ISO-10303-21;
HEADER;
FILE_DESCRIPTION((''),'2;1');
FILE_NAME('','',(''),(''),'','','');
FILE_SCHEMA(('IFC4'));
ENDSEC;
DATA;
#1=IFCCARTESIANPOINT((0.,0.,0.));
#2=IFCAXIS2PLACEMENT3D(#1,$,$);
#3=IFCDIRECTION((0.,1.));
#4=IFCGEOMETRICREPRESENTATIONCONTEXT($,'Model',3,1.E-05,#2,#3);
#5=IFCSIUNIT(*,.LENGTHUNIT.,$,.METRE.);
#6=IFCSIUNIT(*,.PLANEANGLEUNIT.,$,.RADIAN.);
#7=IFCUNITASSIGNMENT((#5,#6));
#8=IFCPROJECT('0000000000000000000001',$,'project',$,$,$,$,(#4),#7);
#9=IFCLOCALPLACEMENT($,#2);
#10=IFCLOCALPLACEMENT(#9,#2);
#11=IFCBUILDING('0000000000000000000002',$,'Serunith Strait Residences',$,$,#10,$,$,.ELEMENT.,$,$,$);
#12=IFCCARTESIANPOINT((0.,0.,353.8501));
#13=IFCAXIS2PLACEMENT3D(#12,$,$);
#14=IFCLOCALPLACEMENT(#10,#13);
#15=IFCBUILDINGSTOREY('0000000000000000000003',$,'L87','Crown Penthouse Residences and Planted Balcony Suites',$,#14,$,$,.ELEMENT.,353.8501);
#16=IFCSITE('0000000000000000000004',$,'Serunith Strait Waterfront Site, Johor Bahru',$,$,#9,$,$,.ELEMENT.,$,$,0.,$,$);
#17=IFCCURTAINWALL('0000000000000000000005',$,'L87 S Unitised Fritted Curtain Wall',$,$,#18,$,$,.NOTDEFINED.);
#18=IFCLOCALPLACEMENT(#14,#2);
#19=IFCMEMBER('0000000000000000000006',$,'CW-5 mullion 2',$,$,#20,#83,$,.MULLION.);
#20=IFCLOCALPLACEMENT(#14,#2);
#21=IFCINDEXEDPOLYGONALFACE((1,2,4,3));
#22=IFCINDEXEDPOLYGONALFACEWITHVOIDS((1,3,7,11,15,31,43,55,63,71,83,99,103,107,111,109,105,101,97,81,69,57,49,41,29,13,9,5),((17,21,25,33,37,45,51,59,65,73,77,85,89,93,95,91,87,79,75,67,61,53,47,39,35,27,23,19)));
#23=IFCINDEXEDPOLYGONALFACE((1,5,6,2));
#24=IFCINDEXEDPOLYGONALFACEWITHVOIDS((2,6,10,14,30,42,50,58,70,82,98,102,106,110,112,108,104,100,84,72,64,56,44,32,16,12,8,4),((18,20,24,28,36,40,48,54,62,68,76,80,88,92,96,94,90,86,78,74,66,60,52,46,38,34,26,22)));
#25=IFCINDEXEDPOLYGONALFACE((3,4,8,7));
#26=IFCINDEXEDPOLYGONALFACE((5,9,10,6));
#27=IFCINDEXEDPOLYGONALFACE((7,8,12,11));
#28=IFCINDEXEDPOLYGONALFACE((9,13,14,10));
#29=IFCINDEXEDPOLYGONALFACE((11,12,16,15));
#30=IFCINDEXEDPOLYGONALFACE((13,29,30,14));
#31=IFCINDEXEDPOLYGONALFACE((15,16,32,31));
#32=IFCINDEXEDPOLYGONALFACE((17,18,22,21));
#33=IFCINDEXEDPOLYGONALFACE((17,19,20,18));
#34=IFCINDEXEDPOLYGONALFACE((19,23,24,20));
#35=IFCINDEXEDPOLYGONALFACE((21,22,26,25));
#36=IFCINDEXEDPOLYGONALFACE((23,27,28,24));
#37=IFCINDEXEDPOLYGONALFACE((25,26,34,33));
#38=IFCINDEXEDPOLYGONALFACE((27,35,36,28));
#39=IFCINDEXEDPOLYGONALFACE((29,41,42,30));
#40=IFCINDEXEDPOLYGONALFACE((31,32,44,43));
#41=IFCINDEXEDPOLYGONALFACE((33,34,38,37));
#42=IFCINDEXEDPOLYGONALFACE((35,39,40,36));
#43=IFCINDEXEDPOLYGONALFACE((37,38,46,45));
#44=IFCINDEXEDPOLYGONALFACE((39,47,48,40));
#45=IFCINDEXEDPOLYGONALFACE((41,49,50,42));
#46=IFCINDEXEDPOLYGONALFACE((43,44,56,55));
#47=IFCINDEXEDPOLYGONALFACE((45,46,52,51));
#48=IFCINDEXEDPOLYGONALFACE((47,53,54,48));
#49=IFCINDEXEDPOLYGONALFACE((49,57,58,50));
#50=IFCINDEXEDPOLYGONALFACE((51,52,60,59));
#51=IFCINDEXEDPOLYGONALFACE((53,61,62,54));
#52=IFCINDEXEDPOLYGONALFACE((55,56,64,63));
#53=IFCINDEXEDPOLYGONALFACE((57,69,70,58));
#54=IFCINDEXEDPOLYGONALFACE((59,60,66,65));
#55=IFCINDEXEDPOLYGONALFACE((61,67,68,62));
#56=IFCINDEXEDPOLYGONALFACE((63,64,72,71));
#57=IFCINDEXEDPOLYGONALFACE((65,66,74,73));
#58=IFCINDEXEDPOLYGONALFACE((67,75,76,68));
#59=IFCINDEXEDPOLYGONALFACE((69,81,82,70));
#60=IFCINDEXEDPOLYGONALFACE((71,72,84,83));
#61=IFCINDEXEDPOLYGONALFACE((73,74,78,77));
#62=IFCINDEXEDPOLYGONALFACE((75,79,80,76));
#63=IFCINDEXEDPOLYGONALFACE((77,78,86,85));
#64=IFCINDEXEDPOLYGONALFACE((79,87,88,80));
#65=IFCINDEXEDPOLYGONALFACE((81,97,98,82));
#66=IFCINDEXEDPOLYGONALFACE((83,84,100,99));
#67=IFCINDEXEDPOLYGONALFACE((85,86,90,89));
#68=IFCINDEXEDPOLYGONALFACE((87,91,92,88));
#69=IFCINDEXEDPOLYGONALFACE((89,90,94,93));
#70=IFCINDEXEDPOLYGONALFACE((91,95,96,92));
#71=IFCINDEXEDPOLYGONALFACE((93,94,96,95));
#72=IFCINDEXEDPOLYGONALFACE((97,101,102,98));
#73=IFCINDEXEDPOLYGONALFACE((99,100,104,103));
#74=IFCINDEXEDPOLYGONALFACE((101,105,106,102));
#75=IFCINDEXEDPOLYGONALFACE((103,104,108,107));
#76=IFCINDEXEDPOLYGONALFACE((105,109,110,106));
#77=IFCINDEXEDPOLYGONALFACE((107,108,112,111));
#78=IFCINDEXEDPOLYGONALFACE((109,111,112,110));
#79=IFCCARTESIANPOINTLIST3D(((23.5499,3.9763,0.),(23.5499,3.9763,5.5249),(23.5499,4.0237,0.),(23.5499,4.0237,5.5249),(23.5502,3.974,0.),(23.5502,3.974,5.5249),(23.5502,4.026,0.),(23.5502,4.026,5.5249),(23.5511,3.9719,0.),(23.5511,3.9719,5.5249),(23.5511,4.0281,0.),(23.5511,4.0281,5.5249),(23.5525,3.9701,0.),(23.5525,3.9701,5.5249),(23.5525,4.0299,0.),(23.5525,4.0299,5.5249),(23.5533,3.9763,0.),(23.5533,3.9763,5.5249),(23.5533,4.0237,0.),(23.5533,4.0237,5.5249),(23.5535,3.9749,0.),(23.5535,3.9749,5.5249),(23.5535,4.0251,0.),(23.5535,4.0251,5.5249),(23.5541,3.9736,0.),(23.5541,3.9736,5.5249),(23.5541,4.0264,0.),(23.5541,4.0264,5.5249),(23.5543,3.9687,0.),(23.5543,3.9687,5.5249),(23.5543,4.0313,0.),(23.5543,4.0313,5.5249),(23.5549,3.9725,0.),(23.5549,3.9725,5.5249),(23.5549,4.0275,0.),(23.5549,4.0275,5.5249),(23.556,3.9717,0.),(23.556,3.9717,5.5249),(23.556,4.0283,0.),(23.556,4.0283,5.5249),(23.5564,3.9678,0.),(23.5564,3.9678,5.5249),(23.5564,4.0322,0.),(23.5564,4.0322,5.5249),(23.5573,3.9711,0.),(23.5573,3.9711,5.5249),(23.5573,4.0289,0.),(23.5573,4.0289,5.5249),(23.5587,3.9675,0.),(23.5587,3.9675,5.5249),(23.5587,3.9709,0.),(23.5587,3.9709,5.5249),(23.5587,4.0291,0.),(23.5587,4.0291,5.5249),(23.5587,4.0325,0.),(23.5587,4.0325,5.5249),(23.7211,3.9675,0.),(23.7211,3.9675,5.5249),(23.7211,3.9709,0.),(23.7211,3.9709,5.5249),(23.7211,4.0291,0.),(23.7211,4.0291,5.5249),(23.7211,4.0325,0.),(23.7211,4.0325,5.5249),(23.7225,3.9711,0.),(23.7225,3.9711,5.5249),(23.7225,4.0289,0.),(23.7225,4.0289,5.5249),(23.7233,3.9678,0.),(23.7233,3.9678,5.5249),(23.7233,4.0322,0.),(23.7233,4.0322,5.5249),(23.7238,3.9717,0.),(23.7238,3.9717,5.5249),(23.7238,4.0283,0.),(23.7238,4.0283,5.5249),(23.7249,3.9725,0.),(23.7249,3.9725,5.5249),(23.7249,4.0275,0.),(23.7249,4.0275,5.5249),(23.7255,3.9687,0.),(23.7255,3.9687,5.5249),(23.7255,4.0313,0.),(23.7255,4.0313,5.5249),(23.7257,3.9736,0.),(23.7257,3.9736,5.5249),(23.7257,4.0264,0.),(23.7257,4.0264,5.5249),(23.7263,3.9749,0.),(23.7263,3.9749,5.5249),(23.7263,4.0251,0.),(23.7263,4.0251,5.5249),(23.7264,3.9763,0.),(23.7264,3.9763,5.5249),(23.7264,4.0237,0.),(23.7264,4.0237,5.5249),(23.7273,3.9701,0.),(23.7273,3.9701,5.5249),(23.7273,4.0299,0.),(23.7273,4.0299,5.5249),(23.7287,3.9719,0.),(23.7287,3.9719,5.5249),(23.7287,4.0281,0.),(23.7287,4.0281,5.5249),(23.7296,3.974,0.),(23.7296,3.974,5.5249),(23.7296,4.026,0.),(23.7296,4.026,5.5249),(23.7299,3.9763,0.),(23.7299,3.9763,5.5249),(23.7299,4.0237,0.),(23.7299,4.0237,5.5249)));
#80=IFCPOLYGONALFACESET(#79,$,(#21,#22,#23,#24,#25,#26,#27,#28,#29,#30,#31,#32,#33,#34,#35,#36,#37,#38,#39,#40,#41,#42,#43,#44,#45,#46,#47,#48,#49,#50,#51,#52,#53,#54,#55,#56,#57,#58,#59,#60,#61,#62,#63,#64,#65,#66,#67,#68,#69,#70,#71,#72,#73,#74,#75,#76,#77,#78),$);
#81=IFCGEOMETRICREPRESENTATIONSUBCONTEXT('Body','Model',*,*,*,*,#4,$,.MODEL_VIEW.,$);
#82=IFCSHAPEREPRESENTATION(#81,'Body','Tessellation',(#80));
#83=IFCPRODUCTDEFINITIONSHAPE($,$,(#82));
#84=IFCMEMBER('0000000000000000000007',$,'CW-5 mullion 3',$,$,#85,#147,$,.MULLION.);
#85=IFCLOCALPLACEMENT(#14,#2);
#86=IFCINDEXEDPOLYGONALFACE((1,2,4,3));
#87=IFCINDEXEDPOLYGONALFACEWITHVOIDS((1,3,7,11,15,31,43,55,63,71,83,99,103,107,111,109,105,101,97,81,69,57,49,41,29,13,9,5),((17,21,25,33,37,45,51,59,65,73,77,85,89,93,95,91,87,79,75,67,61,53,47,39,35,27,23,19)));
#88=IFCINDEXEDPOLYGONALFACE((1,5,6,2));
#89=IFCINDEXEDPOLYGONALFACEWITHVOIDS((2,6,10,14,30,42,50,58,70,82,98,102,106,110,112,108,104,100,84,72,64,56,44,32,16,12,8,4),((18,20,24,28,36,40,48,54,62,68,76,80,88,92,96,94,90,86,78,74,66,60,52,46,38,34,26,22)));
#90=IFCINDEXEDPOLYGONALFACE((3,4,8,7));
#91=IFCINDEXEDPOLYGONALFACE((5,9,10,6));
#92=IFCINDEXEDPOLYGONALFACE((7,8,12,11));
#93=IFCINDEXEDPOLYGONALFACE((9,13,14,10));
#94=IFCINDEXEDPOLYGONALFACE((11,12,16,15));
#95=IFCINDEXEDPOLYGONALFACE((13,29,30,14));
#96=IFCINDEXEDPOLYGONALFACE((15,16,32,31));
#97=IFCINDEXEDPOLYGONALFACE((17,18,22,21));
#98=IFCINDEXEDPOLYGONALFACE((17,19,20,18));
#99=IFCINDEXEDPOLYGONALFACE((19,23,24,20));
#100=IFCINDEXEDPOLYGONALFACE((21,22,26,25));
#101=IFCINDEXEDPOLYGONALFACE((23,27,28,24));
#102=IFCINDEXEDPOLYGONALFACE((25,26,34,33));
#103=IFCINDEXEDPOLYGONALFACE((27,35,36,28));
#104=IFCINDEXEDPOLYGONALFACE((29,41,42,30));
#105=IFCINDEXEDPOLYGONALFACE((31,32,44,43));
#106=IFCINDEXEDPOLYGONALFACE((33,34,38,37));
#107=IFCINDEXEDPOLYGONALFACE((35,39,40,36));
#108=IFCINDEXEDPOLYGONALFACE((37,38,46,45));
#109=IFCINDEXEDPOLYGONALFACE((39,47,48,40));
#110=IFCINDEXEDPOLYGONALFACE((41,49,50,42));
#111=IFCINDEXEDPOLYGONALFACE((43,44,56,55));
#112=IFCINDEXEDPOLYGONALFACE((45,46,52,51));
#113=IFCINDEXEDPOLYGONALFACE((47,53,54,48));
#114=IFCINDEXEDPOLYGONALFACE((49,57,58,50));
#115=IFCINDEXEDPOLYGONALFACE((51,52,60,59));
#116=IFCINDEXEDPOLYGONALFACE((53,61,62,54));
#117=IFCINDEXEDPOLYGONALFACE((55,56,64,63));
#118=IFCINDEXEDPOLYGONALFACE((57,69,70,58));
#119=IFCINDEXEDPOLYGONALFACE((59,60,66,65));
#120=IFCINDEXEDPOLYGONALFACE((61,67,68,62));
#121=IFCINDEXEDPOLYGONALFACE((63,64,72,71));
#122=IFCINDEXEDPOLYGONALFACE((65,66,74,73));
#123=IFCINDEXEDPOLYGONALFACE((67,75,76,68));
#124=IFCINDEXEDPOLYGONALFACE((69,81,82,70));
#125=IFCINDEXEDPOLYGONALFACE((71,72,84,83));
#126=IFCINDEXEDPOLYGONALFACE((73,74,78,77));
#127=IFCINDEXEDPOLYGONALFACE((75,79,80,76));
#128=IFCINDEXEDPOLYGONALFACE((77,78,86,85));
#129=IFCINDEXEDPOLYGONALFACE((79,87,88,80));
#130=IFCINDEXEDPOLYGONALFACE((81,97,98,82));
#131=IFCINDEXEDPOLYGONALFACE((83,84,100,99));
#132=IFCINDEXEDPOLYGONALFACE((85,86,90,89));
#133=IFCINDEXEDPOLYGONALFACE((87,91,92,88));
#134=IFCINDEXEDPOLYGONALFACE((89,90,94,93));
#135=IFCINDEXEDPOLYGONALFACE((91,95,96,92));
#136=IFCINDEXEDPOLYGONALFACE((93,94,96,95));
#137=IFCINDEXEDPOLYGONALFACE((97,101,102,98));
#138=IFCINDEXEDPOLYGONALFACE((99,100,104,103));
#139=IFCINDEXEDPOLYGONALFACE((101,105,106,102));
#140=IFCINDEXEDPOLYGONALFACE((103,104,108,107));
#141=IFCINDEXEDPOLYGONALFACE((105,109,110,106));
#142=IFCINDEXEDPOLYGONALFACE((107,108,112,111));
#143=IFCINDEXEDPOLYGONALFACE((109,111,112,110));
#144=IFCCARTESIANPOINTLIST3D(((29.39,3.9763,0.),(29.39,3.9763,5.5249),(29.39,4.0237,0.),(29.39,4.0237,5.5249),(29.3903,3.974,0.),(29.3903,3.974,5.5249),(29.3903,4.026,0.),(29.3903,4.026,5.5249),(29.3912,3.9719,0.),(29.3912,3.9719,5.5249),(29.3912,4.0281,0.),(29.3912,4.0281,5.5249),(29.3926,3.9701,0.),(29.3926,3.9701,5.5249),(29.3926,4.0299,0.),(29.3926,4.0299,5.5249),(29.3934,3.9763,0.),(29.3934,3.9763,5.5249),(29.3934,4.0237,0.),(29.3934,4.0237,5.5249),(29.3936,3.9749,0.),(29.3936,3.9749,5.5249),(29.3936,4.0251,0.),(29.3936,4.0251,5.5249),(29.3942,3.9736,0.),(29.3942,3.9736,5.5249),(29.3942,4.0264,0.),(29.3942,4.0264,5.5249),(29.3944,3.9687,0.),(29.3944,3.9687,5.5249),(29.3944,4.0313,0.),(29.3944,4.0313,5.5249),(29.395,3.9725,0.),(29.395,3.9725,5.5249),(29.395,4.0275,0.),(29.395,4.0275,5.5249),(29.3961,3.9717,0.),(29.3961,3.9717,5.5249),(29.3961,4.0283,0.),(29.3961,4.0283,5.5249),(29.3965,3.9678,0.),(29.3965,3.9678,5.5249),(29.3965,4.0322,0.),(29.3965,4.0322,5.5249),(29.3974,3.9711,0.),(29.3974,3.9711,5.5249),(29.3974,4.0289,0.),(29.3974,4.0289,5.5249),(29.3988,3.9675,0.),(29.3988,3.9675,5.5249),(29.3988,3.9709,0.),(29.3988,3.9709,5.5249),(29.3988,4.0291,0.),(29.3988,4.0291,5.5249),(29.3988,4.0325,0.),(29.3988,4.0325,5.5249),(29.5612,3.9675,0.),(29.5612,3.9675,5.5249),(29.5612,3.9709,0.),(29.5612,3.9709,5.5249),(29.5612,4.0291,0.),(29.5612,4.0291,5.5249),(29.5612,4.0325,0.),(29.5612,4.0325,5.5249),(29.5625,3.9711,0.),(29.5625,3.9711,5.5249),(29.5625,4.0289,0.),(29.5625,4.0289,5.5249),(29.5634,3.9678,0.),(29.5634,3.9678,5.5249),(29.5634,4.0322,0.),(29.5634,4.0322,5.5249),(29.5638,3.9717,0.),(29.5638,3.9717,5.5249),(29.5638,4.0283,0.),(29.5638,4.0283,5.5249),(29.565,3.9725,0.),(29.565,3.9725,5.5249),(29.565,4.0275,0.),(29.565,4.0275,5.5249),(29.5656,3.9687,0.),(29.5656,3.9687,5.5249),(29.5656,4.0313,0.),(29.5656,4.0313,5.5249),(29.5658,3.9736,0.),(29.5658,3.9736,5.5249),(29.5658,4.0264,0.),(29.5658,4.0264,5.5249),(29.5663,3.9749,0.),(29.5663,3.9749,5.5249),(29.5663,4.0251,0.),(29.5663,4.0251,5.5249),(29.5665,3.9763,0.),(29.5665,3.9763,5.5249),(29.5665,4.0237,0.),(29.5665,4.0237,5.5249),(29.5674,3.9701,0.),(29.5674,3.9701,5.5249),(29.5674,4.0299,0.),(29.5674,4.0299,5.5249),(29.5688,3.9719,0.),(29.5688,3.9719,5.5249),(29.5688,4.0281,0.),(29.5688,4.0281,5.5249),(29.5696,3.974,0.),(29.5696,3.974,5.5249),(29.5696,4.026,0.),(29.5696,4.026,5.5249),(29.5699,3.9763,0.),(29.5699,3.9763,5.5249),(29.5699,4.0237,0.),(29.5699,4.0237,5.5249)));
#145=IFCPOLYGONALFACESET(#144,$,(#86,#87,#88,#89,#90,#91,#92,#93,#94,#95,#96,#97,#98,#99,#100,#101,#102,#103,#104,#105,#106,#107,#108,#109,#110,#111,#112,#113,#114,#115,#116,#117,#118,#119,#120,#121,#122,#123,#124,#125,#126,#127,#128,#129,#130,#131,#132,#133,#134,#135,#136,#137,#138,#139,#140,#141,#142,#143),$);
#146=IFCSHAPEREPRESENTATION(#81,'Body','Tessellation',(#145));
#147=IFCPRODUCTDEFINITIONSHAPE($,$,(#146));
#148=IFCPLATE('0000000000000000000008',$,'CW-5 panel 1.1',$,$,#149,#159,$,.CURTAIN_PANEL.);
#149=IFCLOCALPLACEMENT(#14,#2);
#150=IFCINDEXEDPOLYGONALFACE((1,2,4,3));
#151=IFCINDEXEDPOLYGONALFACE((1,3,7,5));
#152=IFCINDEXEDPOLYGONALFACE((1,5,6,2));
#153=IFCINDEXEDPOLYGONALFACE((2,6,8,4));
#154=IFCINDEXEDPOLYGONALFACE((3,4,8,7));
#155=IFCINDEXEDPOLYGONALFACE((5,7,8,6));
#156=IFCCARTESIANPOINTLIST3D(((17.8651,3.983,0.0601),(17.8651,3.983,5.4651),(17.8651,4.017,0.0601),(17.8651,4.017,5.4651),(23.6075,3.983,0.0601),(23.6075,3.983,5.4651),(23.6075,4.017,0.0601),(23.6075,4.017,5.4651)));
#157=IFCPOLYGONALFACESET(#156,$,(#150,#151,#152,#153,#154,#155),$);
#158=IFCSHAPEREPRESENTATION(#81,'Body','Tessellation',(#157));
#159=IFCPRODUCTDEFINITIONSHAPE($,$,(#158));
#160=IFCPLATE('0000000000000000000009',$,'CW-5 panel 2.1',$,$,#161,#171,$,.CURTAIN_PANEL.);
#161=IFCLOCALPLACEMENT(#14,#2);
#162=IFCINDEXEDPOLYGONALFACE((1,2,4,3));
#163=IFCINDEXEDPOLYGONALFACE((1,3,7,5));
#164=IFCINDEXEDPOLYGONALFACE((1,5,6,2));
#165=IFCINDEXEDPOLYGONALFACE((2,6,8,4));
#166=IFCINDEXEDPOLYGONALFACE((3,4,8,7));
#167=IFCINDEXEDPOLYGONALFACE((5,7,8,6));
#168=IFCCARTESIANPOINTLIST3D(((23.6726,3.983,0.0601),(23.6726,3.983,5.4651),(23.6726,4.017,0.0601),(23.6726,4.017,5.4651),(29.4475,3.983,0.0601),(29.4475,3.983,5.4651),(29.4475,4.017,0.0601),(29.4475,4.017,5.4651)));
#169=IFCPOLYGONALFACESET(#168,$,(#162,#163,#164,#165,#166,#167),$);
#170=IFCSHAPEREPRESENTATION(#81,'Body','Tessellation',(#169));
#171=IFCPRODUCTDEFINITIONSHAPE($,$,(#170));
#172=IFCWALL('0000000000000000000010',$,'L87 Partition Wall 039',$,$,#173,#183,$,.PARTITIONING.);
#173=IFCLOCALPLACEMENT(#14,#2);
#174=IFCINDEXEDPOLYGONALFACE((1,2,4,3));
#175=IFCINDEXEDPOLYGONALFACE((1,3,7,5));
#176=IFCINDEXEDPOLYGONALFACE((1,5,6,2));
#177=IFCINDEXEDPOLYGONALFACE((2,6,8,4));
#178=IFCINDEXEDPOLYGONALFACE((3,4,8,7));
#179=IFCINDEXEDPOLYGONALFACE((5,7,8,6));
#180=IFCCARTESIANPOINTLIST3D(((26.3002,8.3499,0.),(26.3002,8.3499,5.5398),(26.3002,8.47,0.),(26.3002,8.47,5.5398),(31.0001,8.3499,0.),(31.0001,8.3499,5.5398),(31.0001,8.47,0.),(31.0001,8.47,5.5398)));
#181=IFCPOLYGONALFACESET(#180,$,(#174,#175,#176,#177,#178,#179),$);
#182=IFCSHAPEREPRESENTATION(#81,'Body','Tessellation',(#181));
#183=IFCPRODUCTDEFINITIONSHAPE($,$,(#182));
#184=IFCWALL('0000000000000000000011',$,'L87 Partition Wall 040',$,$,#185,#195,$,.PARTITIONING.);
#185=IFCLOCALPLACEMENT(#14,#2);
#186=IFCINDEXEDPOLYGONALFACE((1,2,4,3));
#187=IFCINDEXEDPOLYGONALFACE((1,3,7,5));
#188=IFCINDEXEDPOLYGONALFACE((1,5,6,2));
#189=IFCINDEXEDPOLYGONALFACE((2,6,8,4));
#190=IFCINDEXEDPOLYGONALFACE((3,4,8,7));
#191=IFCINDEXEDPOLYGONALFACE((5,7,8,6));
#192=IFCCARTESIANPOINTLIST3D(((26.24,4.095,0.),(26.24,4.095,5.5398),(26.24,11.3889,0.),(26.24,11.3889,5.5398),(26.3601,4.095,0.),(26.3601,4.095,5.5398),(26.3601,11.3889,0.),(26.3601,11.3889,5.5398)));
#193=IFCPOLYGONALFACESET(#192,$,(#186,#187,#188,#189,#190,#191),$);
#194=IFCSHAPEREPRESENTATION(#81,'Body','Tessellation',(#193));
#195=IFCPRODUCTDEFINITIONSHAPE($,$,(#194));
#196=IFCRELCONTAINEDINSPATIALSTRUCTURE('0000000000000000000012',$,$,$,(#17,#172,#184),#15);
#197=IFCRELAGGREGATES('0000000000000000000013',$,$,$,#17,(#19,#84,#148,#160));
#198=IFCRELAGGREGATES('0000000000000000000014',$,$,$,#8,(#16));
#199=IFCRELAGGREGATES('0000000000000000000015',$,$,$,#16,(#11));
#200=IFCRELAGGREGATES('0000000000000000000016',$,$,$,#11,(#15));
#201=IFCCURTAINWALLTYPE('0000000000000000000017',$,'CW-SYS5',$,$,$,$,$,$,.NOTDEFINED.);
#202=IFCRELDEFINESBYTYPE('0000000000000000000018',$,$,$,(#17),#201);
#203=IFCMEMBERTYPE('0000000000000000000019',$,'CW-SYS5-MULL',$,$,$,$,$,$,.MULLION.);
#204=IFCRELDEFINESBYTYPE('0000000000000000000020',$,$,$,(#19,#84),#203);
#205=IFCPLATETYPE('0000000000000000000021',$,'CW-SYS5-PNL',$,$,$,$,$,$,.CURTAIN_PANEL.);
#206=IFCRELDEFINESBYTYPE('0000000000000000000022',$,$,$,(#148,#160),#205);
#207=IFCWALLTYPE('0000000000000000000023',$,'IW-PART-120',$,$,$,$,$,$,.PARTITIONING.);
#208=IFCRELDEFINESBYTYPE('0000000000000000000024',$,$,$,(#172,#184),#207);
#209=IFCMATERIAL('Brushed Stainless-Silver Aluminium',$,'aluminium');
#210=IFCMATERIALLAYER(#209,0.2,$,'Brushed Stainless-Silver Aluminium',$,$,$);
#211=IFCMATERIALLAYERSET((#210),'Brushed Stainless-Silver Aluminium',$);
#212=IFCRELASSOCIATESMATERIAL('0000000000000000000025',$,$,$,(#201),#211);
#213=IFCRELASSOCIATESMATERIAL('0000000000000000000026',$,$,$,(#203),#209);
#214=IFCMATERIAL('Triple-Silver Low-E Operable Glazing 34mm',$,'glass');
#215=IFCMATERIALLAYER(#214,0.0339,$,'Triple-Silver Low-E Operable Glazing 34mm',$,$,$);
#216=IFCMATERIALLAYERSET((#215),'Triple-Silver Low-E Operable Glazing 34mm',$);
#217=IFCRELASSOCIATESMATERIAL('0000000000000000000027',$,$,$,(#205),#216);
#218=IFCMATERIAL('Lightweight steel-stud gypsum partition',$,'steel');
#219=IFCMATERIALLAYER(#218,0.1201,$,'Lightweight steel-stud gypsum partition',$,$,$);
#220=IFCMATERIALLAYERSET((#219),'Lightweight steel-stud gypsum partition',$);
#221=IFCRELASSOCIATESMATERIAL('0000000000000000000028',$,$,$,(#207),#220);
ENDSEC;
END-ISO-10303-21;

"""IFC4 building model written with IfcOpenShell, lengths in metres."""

from ifc_helpers import new_model, si_unit, direction, frame, frame_2d, origin, origin_2d, place, context, subcontext, project, spatial, rectangle, hollow_rectangle, extrude, source, transform, mapped, material, layer, layer_set, material_profile, profile_set, type_object, element, aggregate, save


model = new_model("IFC4")

# Units and contexts
model_context = context("Model", 3, precision=1e-05, world=origin(), true_north=direction((0.0, 1.0)))
body_context = subcontext(model_context, "Body", "Model", "MODEL_VIEW")
ifc_project = project(units=[si_unit("LENGTHUNIT", "METRE"), si_unit("PLANEANGLEUNIT", "RADIAN")], contexts=[model_context])

# Site, building, storey
site_placement = place(None, origin())
site = spatial("IfcSite", under=ifc_project, at=site_placement, Name="Serunith Strait Waterfront Site, Johor Bahru", CompositionType="ELEMENT", RefElevation=0.0)
building_placement = place(site_placement, origin())
building = spatial("IfcBuilding", under=site, at=building_placement, Name="Serunith Strait Residences", CompositionType="ELEMENT")
storey_placement = place(building_placement, frame((0.0, 0.0, 353.8501)))
storey = spatial("IfcBuildingStorey", under=building, at=storey_placement, Name="L87", Description="Crown Penthouse Residences and Planted Balcony Suites", CompositionType="ELEMENT", Elevation=353.8501)

# Curtain wall, members, plates
ifc_material_1 = material(Name="Brushed Stainless-Silver Aluminium", Category="aluminium")
ifc_layer_1 = layer(ifc_material_1, 0.2, Name="Brushed Stainless-Silver Aluminium")
ifc_layer_set_1 = layer_set([ifc_layer_1], Name="Brushed Stainless-Silver Aluminium")
curtain_wall_type = type_object("IfcCurtainWallType", Name="CW-SYS5", PredefinedType="NOTDEFINED", material=ifc_layer_set_1)
curtain_wall_placement = place(storey_placement, origin())
curtain_wall = element("IfcCurtainWall", 1, at=curtain_wall_placement, inside=storey, type_object=curtain_wall_type, Name="L87 S Unitised Fritted Curtain Wall", PredefinedType="NOTDEFINED")
ifc_material_profile_1 = material_profile(ifc_material_1, hollow_rectangle(XDim=0.0649, YDim=0.1799, WallThickness=0.0034, InnerFilletRadius=0.0054, OuterFilletRadius=0.0088, at=origin_2d()), Name="ALU 180x65x3.5")
ifc_profile_set_1 = profile_set([ifc_material_profile_1], Name="Brushed Stainless-Silver Aluminium")
member_type_1 = type_object("IfcMemberType", Name="CW-SYS5-MULL", PredefinedType="MULLION", material=ifc_profile_set_1)
shared_shape_1 = source(origin(), body_context, "Body", "SweptSolid", [
    extrude(hollow_rectangle(XDim=0.0649, YDim=0.1799, WallThickness=0.0034, InnerFilletRadius=0.0054, OuterFilletRadius=0.0088, at=origin_2d()), origin(), (0.0, 0.0, 1.0), 5.5249),
])
member_1_placement = place(storey_placement, frame((23.6399, 4.0, 0.0), z_axis=(0.0, 0.0, 1.0), x_axis=(0.0, 1.0, 0.0)))
member_1 = element("IfcMember", 2, at=member_1_placement, type_object=member_type_1, Name="CW-5 mullion 2", PredefinedType="MULLION", context=body_context, shape_type="MappedRepresentation", body=[
    mapped(shared_shape_1, transform((0.0, 0.0, 0.0), scale=1.0)),
])
member_2_placement = place(storey_placement, frame((29.48, 4.0, 0.0), z_axis=(0.0, 0.0, 1.0), x_axis=(0.0, 1.0, 0.0)))
member_2 = element("IfcMember", 3, at=member_2_placement, type_object=member_type_1, Name="CW-5 mullion 3", PredefinedType="MULLION", context=body_context, shape_type="MappedRepresentation", body=[
    mapped(shared_shape_1, transform((0.0, 0.0, 0.0), scale=1.0)),
])
ifc_material_2 = material(Name="Triple-Silver Low-E Operable Glazing 34mm", Category="glass")
ifc_layer_2 = layer(ifc_material_2, 0.0339, Name="Triple-Silver Low-E Operable Glazing 34mm")
ifc_layer_set_2 = layer_set([ifc_layer_2], Name="Triple-Silver Low-E Operable Glazing 34mm")
plate_type = type_object("IfcPlateType", Name="CW-SYS5-PNL", PredefinedType="CURTAIN_PANEL", material=ifc_layer_set_2)
shared_shape_2 = source(origin(), body_context, "Body", "SweptSolid", [
    extrude(rectangle(XDim=5.7424, YDim=0.0339, at=origin_2d()), origin(), (0.0, 0.0, 1.0), 5.405),
])
plate_1_placement = place(storey_placement, frame((20.7363, 4.0, 0.0601), z_axis=(0.0, 0.0, 1.0), x_axis=(1.0, 0.0, 0.0)))
plate_1 = element("IfcPlate", 4, at=plate_1_placement, type_object=plate_type, Name="CW-5 panel 1.1", PredefinedType="CURTAIN_PANEL", context=body_context, shape_type="MappedRepresentation", body=[
    mapped(shared_shape_2, transform((0.0, 0.0, 0.0), scale=1.0)),
])
shared_shape_3 = source(origin(), body_context, "Body", "SweptSolid", [
    extrude(rectangle(XDim=5.7749, YDim=0.0339, at=origin_2d()), origin(), (0.0, 0.0, 1.0), 5.405),
])
plate_2_placement = place(storey_placement, frame((26.5601, 4.0, 0.0601), z_axis=(0.0, 0.0, 1.0), x_axis=(1.0, 0.0, 0.0)))
plate_2 = element("IfcPlate", 5, at=plate_2_placement, type_object=plate_type, Name="CW-5 panel 2.1", PredefinedType="CURTAIN_PANEL", context=body_context, shape_type="MappedRepresentation", body=[
    mapped(shared_shape_3, transform((0.0, 0.0, 0.0), scale=1.0)),
])
aggregate(curtain_wall, [member_1, member_2, plate_1, plate_2])

# Walls
ifc_material_3 = material(Name="Lightweight steel-stud gypsum partition", Category="steel")
ifc_layer_3 = layer(ifc_material_3, 0.1201, Name="Lightweight steel-stud gypsum partition")
ifc_layer_set_3 = layer_set([ifc_layer_3], Name="Lightweight steel-stud gypsum partition")
wall_type = type_object("IfcWallType", Name="IW-PART-120", PredefinedType="PARTITIONING", material=ifc_layer_set_3)
wall_1_placement = place(storey_placement, frame((26.3, 8.4099, 0.0), z_axis=(0.0, 0.0, 1.0), x_axis=(1.0, 0.0, 0.0)))
element("IfcWall", 6, at=wall_1_placement, inside=storey, type_object=wall_type, Name="L87 Partition Wall 039", PredefinedType="PARTITIONING", context=body_context, shape_type="SweptSolid", body=[
    extrude(rectangle(XDim=4.7, YDim=0.1201, at=frame_2d((2.3501, 0.0))), origin(), (0.0, 0.0, 1.0), 5.5398),
])
wall_2_placement = place(storey_placement, frame((26.3, 4.095, 0.0), z_axis=(0.0, 0.0, 1.0), x_axis=(0.0, 1.0, 0.0)))
element("IfcWall", 7, at=wall_2_placement, inside=storey, type_object=wall_type, Name="L87 Partition Wall 040", PredefinedType="PARTITIONING", context=body_context, shape_type="SweptSolid", body=[
    extrude(rectangle(XDim=7.2939, YDim=0.1201, at=frame_2d((3.647, 0.0))), origin(), (0.0, 0.0, 1.0), 5.5398),
])

save(model, "model.ifc")
